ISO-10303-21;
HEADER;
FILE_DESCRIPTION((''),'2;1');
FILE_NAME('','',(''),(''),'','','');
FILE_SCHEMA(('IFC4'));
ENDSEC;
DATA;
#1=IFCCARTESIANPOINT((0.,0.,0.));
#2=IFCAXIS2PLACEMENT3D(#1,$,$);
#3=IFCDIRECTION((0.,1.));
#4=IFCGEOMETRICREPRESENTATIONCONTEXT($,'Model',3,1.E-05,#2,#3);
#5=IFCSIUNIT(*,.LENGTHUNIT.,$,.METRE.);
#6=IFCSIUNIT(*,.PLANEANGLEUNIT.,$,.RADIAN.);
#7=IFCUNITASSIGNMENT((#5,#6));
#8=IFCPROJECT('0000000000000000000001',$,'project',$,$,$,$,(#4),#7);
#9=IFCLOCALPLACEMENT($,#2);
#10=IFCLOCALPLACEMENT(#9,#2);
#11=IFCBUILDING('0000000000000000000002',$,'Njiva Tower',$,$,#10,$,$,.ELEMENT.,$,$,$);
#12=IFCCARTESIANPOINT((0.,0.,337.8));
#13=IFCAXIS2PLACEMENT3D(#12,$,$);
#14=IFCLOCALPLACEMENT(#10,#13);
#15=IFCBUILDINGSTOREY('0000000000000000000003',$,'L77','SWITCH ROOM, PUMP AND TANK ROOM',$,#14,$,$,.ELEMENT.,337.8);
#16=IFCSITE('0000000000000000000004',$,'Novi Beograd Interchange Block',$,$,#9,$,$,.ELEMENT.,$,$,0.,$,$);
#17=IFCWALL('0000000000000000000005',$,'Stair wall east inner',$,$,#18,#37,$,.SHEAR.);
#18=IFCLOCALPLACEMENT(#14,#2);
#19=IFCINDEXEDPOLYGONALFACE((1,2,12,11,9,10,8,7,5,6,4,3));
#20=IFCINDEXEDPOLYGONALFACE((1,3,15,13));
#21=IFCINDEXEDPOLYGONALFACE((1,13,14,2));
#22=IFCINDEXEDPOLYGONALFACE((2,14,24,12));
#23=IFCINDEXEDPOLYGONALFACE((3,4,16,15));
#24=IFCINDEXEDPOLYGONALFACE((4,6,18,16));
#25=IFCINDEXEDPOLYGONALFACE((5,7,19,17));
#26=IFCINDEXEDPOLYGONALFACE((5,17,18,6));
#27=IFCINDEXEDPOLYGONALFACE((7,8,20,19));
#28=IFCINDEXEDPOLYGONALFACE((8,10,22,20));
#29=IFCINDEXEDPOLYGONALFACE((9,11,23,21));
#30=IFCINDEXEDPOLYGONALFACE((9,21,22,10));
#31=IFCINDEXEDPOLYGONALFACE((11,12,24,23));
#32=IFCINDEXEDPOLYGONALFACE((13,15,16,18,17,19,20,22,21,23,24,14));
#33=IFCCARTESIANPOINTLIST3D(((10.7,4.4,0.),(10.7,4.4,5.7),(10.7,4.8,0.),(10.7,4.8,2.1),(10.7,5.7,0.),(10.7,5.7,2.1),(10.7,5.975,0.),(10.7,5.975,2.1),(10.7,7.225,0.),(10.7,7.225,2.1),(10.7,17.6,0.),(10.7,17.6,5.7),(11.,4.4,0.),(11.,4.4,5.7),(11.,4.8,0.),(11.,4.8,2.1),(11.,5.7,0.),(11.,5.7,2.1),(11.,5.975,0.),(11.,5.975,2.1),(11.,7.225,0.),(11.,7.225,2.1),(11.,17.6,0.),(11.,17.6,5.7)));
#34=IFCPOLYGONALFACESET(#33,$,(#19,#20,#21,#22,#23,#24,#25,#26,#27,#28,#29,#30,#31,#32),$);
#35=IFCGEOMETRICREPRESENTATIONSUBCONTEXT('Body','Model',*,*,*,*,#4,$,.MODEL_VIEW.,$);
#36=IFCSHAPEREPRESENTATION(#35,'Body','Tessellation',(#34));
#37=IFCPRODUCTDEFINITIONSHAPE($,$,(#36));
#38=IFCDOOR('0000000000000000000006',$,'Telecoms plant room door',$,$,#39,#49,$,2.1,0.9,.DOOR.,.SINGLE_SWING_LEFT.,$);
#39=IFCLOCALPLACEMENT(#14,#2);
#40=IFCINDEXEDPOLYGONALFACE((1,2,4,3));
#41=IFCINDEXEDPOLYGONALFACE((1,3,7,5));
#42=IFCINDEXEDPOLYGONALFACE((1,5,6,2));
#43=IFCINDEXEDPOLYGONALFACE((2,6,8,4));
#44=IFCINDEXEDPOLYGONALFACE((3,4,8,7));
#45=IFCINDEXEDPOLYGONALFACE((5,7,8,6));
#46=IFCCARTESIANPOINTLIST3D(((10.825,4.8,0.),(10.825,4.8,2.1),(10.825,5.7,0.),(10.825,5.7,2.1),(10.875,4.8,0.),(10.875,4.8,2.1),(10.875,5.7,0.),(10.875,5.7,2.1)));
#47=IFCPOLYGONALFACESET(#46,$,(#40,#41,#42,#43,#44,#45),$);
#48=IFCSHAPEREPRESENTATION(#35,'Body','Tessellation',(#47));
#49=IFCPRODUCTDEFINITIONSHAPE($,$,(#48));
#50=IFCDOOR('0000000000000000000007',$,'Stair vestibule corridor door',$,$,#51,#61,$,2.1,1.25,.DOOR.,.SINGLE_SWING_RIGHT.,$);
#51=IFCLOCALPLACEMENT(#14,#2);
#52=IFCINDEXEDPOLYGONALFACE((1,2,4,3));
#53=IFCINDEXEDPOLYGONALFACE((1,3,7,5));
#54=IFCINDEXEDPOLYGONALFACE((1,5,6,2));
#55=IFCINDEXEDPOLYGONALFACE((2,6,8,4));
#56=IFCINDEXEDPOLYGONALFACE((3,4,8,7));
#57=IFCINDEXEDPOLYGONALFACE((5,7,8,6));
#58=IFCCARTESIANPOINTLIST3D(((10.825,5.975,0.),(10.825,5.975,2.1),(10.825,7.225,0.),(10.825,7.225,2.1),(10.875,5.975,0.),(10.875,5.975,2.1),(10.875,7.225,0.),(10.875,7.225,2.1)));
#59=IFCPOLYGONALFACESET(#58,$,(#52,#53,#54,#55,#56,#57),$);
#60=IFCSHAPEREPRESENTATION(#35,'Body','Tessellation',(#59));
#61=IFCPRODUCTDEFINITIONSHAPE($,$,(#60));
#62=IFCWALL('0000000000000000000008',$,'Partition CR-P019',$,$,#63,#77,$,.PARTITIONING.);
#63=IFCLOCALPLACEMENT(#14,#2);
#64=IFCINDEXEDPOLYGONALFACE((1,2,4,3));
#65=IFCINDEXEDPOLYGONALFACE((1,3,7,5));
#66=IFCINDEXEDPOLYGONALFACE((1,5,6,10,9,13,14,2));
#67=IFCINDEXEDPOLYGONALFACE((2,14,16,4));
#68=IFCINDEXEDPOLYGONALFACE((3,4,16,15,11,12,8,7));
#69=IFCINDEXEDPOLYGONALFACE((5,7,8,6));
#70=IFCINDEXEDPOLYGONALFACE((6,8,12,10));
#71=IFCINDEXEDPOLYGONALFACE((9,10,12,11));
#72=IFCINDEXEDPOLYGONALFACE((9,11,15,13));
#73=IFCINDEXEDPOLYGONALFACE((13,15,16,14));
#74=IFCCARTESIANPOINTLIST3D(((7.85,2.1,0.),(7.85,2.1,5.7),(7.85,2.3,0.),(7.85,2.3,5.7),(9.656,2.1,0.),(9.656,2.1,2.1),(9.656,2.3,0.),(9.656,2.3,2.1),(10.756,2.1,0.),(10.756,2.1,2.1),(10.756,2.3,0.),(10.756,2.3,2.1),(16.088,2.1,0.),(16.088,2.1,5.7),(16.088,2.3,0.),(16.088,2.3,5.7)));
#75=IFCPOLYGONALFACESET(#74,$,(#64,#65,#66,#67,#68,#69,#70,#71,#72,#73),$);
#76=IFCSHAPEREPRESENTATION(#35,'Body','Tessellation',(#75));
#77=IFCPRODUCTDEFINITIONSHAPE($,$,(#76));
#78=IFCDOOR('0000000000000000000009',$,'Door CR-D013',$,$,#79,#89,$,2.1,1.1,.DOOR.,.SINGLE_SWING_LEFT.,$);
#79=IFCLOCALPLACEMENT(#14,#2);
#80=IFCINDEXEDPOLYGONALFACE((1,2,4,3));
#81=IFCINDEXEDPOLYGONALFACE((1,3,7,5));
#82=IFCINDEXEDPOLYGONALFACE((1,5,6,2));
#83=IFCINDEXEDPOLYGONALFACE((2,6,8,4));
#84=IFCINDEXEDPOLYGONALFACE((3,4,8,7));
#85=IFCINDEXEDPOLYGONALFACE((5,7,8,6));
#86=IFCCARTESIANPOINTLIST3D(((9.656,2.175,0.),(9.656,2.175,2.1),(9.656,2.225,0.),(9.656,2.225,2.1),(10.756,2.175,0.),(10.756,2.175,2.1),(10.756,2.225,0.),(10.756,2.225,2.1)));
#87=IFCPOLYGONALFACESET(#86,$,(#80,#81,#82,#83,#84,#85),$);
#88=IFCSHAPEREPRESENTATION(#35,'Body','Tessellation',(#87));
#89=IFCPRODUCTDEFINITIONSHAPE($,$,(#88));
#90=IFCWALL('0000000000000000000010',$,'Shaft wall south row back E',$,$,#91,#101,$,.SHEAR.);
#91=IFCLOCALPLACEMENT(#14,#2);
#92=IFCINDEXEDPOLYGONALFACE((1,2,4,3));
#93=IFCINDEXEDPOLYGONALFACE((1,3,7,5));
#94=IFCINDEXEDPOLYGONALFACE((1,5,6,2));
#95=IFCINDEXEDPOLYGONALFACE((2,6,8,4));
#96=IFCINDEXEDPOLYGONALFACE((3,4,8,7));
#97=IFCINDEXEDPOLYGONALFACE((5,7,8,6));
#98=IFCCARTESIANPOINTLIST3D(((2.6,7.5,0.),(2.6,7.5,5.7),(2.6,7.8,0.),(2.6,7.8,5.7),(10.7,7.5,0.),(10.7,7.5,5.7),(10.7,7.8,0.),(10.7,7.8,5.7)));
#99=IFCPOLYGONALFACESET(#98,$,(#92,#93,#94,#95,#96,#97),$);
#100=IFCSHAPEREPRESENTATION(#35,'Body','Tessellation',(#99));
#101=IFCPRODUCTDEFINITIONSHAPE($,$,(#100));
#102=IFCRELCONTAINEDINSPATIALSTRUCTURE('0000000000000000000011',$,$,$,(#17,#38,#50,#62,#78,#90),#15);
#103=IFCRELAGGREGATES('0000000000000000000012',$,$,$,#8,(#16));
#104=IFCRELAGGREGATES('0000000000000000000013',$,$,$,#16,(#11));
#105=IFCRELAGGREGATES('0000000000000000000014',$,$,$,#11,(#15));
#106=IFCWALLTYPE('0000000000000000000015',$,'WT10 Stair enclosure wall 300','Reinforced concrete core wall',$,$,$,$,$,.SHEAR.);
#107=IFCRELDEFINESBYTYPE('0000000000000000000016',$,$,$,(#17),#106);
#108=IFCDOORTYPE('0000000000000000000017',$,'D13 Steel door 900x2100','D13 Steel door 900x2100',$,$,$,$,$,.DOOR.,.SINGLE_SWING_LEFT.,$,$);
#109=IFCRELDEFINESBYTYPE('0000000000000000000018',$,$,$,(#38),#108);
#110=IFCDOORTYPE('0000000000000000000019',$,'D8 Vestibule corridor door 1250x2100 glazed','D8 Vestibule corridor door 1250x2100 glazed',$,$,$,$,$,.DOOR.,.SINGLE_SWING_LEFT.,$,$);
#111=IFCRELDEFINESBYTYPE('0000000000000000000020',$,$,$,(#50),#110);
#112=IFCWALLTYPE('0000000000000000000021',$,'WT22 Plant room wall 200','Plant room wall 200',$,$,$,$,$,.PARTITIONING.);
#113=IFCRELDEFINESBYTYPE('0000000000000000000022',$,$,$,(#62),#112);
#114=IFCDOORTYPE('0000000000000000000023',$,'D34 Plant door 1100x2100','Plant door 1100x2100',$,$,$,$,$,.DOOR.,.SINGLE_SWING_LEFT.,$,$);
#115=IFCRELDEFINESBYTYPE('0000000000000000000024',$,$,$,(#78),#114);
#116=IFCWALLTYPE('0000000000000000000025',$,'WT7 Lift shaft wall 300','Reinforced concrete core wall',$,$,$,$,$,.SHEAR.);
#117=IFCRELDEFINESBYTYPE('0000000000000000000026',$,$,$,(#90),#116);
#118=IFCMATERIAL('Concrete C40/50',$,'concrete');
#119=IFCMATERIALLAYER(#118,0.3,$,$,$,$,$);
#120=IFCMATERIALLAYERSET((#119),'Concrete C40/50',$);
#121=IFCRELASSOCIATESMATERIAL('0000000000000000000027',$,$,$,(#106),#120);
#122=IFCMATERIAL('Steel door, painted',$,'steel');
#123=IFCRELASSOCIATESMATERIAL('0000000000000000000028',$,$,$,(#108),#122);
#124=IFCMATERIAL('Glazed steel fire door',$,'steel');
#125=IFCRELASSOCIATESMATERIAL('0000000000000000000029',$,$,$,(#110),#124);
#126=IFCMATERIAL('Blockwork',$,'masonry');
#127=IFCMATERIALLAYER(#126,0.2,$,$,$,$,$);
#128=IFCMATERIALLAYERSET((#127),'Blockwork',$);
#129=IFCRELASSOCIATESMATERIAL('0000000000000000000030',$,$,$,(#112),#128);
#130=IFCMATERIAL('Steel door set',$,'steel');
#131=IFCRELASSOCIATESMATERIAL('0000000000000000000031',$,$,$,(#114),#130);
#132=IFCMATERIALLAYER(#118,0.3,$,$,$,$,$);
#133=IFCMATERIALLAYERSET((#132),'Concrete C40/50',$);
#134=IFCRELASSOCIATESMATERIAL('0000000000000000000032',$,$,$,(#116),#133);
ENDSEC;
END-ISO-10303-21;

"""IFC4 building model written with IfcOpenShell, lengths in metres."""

from ifc_helpers import new_model, si_unit, direction, frame, frame_2d, origin, place, context, subcontext, project, spatial, rectangle, extrude, material, layer, layer_set, type_object, element, fill, save


model = new_model("IFC4")

# Units and contexts
model_context = context("Model", 3, precision=1e-05, world=origin(), true_north=direction((0.0, 1.0)))
body_context = subcontext(model_context, "Body", "Model", "MODEL_VIEW")
ifc_project = project(units=[si_unit("LENGTHUNIT", "METRE"), si_unit("PLANEANGLEUNIT", "RADIAN")], contexts=[model_context])

# Site, building, storey
site_placement = place(None, origin())
site = spatial("IfcSite", under=ifc_project, at=site_placement, Name="Novi Beograd Interchange Block", CompositionType="ELEMENT", RefElevation=0.0)
building_placement = place(site_placement, origin())
building = spatial("IfcBuilding", under=site, at=building_placement, Name="Njiva Tower", CompositionType="ELEMENT")
storey_placement = place(building_placement, frame((0.0, 0.0, 337.8)))
storey = spatial("IfcBuildingStorey", under=building, at=storey_placement, Name="L77", Description="SWITCH ROOM, PUMP AND TANK ROOM", CompositionType="ELEMENT", Elevation=337.8)

# Shared definitions
ifc_material_1 = material(Name="Concrete C40/50", Category="concrete")

# Shared definitions
ifc_material_2 = material(Name="Blockwork", Category="masonry")

# Wall, openings, doors
ifc_layer_1 = layer(ifc_material_1, 0.3)
ifc_layer_set_1 = layer_set([ifc_layer_1], Name="Concrete C40/50")
wall_type_1 = type_object("IfcWallType", Name="WT10 Stair enclosure wall 300", Description="Reinforced concrete core wall", PredefinedType="SHEAR", material=ifc_layer_set_1)
wall_1_placement = place(storey_placement, frame((10.85, 4.4, 0.0), z_axis=(0.0, 0.0, 1.0), x_axis=(0.0, 1.0, 0.0)))
wall_1 = element("IfcWall", 1, at=wall_1_placement, inside=storey, type_object=wall_type_1, Name="Stair wall east inner", PredefinedType="SHEAR", context=body_context, shape_type="SweptSolid", body=[
    extrude(rectangle(XDim=13.2, YDim=0.3, at=frame_2d((6.6, 0.0))), origin(), (0.0, 0.0, 1.0), 5.7),
])
opening_1_placement = place(wall_1_placement, frame((1.575, 0.0, 0.0)))
opening_1 = element("IfcOpeningElement", 2, at=opening_1_placement, cuts=wall_1, PredefinedType="OPENING", context=body_context, shape_type="SweptSolid", body=[
    extrude(rectangle(XDim=1.25, YDim=2.1, at=frame_2d((0.625, 1.05))), frame((0.0, 0.16, 0.0), z_axis=(0.0, -1.0, 0.0), x_axis=(1.0, 0.0, 0.0)), (0.0, 0.0, 1.0), 0.32),
])
opening_2_placement = place(wall_1_placement, frame((0.4, 0.0, 0.0)))
opening_2 = element("IfcOpeningElement", 3, at=opening_2_placement, cuts=wall_1, PredefinedType="OPENING", context=body_context, shape_type="SweptSolid", body=[
    extrude(rectangle(XDim=0.9, YDim=2.1, at=frame_2d((0.45, 1.05))), frame((0.0, 0.16, 0.0), z_axis=(0.0, -1.0, 0.0), x_axis=(1.0, 0.0, 0.0)), (0.0, 0.0, 1.0), 0.32),
])
ifc_material_3 = material(Name="Steel door, painted", Category="steel")
door_type_1 = type_object("IfcDoorType", Name="D13 Steel door 900x2100", Description="D13 Steel door 900x2100", OperationType="SINGLE_SWING_LEFT", PredefinedType="DOOR", material=ifc_material_3)
door_1_placement = place(opening_2_placement, origin())
door_1 = element("IfcDoor", 4, at=door_1_placement, inside=storey, type_object=door_type_1, Name="Telecoms plant room door", OperationType="SINGLE_SWING_LEFT", OverallHeight=2.1, OverallWidth=0.9, PredefinedType="DOOR", context=body_context, shape_type="SweptSolid", body=[
    extrude(rectangle(XDim=0.9, YDim=2.1, at=frame_2d((0.45, 1.05))), frame((0.0, 0.025, 0.0), z_axis=(0.0, -1.0, 0.0), x_axis=(1.0, 0.0, 0.0)), (0.0, 0.0, 1.0), 0.05),
])
fill(opening_2, door_1)
ifc_material_4 = material(Name="Glazed steel fire door", Category="steel")
door_type_2 = type_object("IfcDoorType", Name="D8 Vestibule corridor door 1250x2100 glazed", Description="D8 Vestibule corridor door 1250x2100 glazed", OperationType="SINGLE_SWING_LEFT", PredefinedType="DOOR", material=ifc_material_4)
door_2_placement = place(opening_1_placement, origin())
door_2 = element("IfcDoor", 5, at=door_2_placement, inside=storey, type_object=door_type_2, Name="Stair vestibule corridor door", OperationType="SINGLE_SWING_RIGHT", OverallHeight=2.1, OverallWidth=1.25, PredefinedType="DOOR", context=body_context, shape_type="SweptSolid", body=[
    extrude(rectangle(XDim=1.25, YDim=2.1, at=frame_2d((0.625, 1.05))), frame((0.0, 0.025, 0.0), z_axis=(0.0, -1.0, 0.0), x_axis=(1.0, 0.0, 0.0)), (0.0, 0.0, 1.0), 0.05),
])
fill(opening_1, door_2)

# Wall, opening, door
ifc_layer_2 = layer(ifc_material_2, 0.2)
ifc_layer_set_2 = layer_set([ifc_layer_2], Name="Blockwork")
wall_type_2 = type_object("IfcWallType", Name="WT22 Plant room wall 200", Description="Plant room wall 200", PredefinedType="PARTITIONING", material=ifc_layer_set_2)
wall_2_placement = place(storey_placement, frame((7.85, 2.2, 0.0), z_axis=(0.0, 0.0, 1.0), x_axis=(1.0, 0.0, 0.0)))
wall_2 = element("IfcWall", 6, at=wall_2_placement, inside=storey, type_object=wall_type_2, Name="Partition CR-P019", PredefinedType="PARTITIONING", context=body_context, shape_type="SweptSolid", body=[
    extrude(rectangle(XDim=8.238, YDim=0.2, at=frame_2d((4.119, 0.0))), origin(), (0.0, 0.0, 1.0), 5.7),
])
opening_3_placement = place(wall_2_placement, frame((1.806, 0.0, 0.0)))
opening_3 = element("IfcOpeningElement", 7, at=opening_3_placement, cuts=wall_2, PredefinedType="OPENING", context=body_context, shape_type="SweptSolid", body=[
    extrude(rectangle(XDim=1.1, YDim=2.1, at=frame_2d((0.55, 1.05))), frame((0.0, 0.11, 0.0), z_axis=(0.0, -1.0, 0.0), x_axis=(1.0, 0.0, 0.0)), (0.0, 0.0, 1.0), 0.22),
])
ifc_material_5 = material(Name="Steel door set", Category="steel")
door_type_3 = type_object("IfcDoorType", Name="D34 Plant door 1100x2100", Description="Plant door 1100x2100", OperationType="SINGLE_SWING_LEFT", PredefinedType="DOOR", material=ifc_material_5)
door_3_placement = place(opening_3_placement, origin())
door_3 = element("IfcDoor", 8, at=door_3_placement, inside=storey, type_object=door_type_3, Name="Door CR-D013", OperationType="SINGLE_SWING_LEFT", OverallHeight=2.1, OverallWidth=1.1, PredefinedType="DOOR", context=body_context, shape_type="SweptSolid", body=[
    extrude(rectangle(XDim=1.1, YDim=2.1, at=frame_2d((0.55, 1.05))), frame((0.0, 0.025, 0.0), z_axis=(0.0, -1.0, 0.0), x_axis=(1.0, 0.0, 0.0)), (0.0, 0.0, 1.0), 0.05),
])
fill(opening_3, door_3)

# Wall
ifc_layer_3 = layer(ifc_material_1, 0.3)
ifc_layer_set_3 = layer_set([ifc_layer_3], Name="Concrete C40/50")
wall_type_3 = type_object("IfcWallType", Name="WT7 Lift shaft wall 300", Description="Reinforced concrete core wall", PredefinedType="SHEAR", material=ifc_layer_set_3)
wall_3_placement = place(storey_placement, frame((2.6, 7.65, 0.0), z_axis=(0.0, 0.0, 1.0), x_axis=(1.0, 0.0, 0.0)))
element("IfcWall", 9, at=wall_3_placement, inside=storey, type_object=wall_type_3, Name="Shaft wall south row back E", PredefinedType="SHEAR", context=body_context, shape_type="SweptSolid", body=[
    extrude(rectangle(XDim=8.1, YDim=0.3, at=frame_2d((4.05, 0.0))), origin(), (0.0, 0.0, 1.0), 5.7),
])

save(model, "model.ifc")
